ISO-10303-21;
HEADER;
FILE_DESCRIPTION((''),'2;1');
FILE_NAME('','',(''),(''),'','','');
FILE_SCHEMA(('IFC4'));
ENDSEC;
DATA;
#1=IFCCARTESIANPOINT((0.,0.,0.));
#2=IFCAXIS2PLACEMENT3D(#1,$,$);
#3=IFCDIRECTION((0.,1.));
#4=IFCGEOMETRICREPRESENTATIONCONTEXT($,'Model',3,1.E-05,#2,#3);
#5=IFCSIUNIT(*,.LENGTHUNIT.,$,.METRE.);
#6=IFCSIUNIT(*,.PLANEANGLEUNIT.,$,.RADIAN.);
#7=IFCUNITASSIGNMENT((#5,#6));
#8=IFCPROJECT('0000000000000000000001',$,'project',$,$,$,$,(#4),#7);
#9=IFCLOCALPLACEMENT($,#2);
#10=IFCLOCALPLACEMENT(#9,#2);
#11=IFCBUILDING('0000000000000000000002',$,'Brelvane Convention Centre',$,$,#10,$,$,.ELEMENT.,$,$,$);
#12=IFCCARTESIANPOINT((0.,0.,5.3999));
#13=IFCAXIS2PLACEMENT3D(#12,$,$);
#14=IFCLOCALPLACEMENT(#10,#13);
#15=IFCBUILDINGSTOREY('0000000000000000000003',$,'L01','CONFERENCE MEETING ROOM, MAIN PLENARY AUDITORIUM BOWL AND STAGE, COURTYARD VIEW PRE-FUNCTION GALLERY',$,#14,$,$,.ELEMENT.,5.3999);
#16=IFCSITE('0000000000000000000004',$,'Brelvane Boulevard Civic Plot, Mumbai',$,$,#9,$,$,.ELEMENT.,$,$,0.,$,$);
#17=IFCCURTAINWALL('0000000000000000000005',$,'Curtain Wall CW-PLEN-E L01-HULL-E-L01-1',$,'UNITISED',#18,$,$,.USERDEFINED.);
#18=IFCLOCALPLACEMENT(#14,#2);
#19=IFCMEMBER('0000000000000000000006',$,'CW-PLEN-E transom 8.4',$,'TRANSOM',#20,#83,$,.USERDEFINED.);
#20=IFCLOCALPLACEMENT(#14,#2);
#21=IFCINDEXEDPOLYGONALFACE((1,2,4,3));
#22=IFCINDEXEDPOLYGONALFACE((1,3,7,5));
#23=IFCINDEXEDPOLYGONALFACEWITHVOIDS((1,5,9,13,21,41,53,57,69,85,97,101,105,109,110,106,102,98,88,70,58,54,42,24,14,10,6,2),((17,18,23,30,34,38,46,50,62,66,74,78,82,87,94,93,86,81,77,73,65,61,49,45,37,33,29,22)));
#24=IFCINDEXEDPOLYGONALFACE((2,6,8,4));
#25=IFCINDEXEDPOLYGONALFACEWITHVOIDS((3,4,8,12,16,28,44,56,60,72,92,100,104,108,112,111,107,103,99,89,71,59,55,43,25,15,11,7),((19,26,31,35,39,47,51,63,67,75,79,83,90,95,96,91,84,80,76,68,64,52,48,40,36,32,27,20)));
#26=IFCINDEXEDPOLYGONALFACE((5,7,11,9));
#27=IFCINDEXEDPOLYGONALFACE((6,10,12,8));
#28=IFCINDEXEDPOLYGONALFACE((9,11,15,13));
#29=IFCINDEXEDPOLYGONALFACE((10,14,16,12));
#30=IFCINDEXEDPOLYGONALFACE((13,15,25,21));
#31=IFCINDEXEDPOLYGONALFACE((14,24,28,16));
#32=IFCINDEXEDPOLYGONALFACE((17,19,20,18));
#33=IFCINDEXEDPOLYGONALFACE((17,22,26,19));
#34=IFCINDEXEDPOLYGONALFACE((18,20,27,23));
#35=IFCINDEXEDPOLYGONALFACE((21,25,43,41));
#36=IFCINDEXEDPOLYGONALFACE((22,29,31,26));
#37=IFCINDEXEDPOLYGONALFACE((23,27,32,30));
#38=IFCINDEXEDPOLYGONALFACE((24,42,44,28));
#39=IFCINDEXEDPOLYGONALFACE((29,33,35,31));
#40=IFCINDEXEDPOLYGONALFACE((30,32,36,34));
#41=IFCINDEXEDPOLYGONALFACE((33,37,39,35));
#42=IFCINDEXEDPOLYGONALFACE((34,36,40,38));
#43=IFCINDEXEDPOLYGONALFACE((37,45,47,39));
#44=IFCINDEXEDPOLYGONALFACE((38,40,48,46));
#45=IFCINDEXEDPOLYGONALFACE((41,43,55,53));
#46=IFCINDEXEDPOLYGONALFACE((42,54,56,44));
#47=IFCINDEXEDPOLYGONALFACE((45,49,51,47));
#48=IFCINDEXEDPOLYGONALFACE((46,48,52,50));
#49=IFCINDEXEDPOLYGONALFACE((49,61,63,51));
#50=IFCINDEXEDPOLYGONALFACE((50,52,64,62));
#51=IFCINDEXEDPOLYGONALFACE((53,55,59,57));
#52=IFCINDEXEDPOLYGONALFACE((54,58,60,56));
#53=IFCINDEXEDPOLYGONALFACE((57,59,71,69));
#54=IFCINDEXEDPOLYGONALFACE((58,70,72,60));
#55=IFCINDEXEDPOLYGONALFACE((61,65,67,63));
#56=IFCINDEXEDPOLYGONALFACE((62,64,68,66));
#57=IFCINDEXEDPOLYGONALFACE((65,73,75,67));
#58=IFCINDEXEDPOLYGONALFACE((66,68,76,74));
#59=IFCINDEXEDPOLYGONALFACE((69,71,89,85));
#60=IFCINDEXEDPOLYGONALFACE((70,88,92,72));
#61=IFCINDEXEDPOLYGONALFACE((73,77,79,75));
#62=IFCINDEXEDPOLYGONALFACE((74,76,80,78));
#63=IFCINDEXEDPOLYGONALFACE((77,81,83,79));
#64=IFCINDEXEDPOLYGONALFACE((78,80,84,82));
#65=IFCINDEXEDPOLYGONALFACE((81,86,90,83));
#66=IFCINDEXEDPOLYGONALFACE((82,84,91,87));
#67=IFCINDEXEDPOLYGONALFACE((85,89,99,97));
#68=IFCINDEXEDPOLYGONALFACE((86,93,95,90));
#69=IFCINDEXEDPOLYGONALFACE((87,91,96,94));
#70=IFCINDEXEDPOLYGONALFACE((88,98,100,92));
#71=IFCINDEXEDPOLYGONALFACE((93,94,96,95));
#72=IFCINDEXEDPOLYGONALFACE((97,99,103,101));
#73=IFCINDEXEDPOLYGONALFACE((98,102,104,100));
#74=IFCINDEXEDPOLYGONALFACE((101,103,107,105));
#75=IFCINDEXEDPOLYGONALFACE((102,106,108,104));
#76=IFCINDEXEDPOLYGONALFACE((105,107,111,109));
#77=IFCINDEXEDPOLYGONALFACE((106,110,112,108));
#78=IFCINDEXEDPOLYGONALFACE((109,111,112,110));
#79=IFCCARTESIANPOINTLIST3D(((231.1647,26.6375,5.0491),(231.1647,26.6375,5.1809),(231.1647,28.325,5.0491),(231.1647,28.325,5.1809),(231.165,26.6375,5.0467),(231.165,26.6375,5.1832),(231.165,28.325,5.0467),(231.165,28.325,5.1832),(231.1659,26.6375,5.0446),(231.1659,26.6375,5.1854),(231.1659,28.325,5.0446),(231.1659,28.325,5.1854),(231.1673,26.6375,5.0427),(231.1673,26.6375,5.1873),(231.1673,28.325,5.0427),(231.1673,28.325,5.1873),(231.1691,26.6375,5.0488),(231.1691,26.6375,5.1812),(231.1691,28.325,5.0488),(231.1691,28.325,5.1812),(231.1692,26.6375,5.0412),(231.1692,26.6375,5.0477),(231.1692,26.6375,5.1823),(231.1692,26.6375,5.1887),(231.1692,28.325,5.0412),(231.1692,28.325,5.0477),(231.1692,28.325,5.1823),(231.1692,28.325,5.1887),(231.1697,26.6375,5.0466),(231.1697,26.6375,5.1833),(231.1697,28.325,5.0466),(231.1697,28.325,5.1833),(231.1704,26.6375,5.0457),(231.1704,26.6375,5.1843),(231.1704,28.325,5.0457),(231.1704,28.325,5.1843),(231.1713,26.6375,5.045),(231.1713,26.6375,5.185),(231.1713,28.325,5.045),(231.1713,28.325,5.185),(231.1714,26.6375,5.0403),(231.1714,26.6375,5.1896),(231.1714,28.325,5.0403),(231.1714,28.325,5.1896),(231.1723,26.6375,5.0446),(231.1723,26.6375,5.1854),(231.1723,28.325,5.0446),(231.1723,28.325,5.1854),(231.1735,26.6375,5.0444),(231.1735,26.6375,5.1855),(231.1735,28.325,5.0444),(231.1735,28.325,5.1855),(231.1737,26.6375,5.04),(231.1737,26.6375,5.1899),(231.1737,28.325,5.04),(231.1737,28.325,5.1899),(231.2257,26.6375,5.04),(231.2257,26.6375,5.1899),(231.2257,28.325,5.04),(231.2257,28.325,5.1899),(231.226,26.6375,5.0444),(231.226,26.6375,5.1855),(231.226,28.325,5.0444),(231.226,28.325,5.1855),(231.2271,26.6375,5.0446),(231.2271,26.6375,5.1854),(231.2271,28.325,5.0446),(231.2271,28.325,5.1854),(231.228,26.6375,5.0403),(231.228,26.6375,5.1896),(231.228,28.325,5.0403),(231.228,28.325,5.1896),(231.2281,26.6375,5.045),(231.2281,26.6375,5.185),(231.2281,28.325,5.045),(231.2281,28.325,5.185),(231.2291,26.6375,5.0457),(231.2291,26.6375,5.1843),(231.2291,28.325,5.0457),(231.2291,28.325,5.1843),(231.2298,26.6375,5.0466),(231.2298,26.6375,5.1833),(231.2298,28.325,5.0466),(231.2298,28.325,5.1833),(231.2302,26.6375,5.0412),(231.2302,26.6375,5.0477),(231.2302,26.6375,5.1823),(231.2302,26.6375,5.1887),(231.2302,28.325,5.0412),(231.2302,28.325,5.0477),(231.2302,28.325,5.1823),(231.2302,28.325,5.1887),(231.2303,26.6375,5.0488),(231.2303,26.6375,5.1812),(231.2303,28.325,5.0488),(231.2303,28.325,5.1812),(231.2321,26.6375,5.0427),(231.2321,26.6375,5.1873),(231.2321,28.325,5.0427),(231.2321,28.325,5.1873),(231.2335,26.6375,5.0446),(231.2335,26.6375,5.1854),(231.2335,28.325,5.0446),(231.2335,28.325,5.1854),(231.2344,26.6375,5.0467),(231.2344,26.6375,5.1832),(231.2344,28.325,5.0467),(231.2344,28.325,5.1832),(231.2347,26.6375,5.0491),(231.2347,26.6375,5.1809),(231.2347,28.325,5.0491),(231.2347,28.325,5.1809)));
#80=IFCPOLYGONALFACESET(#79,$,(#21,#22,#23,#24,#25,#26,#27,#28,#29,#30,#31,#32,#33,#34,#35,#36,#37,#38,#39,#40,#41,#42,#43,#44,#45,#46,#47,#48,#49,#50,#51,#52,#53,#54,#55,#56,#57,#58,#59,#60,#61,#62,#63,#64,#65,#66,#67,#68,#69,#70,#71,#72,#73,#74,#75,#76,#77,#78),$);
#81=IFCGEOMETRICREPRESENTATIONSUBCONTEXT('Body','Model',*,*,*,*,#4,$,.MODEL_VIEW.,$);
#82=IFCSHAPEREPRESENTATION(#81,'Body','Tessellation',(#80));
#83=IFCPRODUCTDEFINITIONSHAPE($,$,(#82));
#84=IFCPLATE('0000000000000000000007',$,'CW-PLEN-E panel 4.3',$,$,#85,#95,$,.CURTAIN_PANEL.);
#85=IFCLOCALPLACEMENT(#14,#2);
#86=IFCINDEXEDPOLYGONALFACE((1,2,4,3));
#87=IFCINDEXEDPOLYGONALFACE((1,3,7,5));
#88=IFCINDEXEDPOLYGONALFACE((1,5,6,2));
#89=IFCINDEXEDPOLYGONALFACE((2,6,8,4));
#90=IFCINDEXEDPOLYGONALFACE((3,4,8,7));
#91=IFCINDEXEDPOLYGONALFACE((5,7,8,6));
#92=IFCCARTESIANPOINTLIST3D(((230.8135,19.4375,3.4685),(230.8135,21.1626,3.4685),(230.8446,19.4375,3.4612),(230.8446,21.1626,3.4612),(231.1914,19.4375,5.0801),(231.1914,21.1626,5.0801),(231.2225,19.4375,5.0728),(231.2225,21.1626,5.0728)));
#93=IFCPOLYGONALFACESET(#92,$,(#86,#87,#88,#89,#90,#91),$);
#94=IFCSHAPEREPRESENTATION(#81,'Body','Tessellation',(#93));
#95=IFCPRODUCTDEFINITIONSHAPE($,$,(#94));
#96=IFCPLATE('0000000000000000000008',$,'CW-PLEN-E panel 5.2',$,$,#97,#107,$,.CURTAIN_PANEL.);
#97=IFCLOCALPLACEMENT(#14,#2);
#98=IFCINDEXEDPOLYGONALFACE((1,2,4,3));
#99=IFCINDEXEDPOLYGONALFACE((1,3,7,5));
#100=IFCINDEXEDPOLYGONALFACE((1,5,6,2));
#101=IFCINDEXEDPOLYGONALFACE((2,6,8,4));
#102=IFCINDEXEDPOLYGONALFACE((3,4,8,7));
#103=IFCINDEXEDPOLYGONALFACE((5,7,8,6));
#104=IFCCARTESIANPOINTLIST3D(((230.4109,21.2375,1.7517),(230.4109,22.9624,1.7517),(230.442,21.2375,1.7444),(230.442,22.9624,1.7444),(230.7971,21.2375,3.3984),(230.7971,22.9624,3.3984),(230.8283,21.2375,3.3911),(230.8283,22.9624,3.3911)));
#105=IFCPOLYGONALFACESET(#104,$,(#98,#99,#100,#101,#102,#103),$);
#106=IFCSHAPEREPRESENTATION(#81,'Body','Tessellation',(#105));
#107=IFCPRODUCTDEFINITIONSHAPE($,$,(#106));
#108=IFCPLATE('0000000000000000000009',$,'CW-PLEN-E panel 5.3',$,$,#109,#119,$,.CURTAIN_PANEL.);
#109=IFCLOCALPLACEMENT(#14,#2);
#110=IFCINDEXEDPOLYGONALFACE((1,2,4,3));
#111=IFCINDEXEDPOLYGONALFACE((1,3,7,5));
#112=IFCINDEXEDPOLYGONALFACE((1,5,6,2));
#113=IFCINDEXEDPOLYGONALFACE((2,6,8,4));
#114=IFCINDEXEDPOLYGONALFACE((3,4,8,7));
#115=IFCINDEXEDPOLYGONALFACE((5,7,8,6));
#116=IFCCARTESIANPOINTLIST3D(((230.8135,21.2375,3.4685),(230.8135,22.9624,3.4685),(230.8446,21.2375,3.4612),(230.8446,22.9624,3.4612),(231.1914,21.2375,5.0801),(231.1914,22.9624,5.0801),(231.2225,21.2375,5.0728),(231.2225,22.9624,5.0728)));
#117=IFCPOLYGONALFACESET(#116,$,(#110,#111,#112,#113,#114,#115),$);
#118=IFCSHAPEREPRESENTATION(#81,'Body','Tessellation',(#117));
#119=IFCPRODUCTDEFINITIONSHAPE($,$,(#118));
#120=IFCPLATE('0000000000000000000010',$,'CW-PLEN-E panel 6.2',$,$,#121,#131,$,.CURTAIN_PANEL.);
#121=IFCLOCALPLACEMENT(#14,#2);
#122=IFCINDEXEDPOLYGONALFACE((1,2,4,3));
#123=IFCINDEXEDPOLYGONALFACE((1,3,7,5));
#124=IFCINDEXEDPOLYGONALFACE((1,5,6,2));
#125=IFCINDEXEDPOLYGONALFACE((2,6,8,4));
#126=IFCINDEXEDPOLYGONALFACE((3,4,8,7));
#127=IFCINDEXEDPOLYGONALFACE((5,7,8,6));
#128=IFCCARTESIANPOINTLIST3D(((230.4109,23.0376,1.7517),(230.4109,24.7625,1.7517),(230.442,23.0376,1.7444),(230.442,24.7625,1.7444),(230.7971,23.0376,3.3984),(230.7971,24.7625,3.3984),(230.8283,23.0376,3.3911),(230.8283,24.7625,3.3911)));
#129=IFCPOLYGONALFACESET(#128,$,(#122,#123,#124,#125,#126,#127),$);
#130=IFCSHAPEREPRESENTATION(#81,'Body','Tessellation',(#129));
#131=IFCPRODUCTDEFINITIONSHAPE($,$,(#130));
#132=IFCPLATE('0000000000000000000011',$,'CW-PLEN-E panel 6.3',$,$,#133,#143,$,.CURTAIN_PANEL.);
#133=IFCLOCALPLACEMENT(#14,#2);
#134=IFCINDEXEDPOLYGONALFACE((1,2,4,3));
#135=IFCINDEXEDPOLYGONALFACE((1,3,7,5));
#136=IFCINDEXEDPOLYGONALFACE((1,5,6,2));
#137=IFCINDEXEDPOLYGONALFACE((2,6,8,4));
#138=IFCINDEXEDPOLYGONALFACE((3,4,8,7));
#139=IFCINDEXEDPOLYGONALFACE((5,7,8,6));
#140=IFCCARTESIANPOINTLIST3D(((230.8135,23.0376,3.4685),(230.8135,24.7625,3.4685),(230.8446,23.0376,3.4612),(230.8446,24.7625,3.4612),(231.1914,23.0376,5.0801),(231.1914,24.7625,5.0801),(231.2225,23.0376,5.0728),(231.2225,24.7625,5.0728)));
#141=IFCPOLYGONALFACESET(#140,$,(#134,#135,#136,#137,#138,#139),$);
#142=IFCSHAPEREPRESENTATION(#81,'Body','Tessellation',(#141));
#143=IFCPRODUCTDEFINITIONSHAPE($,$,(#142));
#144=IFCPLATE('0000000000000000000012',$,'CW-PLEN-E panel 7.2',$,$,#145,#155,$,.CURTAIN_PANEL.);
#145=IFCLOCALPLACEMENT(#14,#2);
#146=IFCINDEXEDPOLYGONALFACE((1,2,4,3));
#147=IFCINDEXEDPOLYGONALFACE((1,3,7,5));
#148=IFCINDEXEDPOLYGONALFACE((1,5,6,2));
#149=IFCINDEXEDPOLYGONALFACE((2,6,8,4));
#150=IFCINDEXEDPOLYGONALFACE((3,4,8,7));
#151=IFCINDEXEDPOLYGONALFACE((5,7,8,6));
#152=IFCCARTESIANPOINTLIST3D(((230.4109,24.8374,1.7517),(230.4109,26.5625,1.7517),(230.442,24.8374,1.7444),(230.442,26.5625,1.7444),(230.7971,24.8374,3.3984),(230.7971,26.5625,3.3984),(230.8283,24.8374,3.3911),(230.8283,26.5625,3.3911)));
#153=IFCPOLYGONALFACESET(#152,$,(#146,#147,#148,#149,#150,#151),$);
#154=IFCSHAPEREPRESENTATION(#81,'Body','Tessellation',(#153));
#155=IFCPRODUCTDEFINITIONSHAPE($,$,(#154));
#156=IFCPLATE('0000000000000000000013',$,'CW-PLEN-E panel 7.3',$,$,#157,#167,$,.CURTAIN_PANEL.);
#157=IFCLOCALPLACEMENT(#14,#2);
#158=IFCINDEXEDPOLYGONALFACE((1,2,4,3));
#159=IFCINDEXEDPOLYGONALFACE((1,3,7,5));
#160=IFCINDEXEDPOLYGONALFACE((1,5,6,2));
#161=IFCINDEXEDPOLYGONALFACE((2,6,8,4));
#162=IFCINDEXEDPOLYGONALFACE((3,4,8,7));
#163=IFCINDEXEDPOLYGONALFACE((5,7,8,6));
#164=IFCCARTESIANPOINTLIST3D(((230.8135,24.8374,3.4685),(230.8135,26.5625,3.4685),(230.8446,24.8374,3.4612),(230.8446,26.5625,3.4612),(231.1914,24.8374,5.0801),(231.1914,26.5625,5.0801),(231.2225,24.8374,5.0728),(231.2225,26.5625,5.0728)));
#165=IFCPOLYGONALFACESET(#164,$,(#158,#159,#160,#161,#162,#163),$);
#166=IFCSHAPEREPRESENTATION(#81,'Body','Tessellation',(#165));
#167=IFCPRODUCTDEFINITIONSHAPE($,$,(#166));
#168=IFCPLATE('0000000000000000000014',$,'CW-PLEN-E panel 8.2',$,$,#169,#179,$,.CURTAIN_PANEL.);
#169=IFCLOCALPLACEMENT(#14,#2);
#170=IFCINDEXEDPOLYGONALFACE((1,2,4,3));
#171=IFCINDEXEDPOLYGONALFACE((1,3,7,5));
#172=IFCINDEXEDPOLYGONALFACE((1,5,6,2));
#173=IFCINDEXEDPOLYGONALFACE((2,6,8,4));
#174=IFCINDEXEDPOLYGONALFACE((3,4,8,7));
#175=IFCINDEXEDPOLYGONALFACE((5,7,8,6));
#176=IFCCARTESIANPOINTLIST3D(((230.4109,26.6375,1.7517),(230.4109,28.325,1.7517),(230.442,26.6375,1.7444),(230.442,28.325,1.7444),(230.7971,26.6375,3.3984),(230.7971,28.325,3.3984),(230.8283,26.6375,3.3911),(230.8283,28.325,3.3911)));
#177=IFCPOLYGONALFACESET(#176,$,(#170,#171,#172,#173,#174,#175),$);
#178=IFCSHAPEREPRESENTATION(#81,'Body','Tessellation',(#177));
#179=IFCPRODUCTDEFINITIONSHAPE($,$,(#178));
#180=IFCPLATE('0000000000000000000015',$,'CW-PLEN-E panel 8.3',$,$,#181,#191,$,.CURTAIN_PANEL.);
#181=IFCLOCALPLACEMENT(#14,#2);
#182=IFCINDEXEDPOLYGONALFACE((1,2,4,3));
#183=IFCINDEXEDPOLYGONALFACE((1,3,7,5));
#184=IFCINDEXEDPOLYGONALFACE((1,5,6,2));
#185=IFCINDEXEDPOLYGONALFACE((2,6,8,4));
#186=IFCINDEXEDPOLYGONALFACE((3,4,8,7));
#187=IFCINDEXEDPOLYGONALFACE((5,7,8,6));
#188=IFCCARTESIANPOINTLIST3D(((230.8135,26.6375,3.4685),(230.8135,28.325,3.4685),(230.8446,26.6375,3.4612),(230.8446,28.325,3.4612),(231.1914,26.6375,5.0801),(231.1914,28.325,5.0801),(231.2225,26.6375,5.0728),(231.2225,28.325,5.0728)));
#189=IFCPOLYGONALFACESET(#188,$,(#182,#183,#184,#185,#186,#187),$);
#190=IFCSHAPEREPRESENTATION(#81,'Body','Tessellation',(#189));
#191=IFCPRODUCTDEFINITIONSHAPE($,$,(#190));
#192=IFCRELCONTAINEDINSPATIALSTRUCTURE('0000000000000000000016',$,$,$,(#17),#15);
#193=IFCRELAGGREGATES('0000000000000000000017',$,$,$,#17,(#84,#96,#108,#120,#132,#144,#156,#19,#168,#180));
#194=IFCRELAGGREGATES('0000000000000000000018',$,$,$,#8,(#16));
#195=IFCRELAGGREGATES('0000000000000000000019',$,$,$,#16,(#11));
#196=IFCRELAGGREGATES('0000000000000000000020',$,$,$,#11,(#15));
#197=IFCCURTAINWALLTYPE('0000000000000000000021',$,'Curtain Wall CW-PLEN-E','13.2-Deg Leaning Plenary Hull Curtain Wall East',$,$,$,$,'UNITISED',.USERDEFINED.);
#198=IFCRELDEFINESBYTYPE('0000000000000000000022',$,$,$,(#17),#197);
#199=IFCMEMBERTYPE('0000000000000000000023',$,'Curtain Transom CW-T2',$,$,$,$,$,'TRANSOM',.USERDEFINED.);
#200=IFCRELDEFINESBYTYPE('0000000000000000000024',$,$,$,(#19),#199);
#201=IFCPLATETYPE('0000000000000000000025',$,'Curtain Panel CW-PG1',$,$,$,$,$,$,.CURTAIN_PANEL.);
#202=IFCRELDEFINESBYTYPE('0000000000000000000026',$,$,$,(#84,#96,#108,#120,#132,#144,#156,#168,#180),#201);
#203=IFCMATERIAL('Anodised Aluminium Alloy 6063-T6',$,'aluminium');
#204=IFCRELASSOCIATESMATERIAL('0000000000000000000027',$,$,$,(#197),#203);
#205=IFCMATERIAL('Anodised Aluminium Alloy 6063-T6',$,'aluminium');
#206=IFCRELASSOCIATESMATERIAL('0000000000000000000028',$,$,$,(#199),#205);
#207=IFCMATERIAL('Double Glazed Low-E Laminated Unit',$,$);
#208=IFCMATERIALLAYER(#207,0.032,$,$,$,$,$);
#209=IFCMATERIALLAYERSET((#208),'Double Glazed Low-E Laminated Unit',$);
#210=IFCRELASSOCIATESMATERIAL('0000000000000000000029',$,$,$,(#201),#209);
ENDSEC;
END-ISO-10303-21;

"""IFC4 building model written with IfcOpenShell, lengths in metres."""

from ifc_helpers import new_model, si_unit, direction, frame, origin, origin_2d, place, context, subcontext, project, spatial, polyline, hollow_rectangle, outline, extrude, material, layer, layer_set, material_profile, profile_set, type_object, element, aggregate, save


model = new_model("IFC4")

# Units and contexts
model_context = context("Model", 3, precision=1e-05, world=origin(), true_north=direction((0.0, 1.0)))
body_context = subcontext(model_context, "Body", "Model", "MODEL_VIEW")
ifc_project = project(units=[si_unit("LENGTHUNIT", "METRE"), si_unit("PLANEANGLEUNIT", "RADIAN")], contexts=[model_context])

# Site, building, storey
site_placement = place(None, origin())
site = spatial("IfcSite", under=ifc_project, at=site_placement, Name="Brelvane Boulevard Civic Plot, Mumbai", CompositionType="ELEMENT", RefElevation=0.0)
building_placement = place(site_placement, origin())
building = spatial("IfcBuilding", under=site, at=building_placement, Name="Brelvane Convention Centre", CompositionType="ELEMENT")
storey_placement = place(building_placement, frame((0.0, 0.0, 5.3999)))
storey = spatial("IfcBuildingStorey", under=building, at=storey_placement, Name="L01", Description="CONFERENCE MEETING ROOM, MAIN PLENARY AUDITORIUM BOWL AND STAGE, COURTYARD VIEW PRE-FUNCTION GALLERY", CompositionType="ELEMENT", Elevation=5.3999)

# Curtain wall, member, plates
ifc_material_1 = material(Name="Anodised Aluminium Alloy 6063-T6", Category="aluminium")
curtain_wall_type = type_object("IfcCurtainWallType", Name="Curtain Wall CW-PLEN-E", Description="13.2-Deg Leaning Plenary Hull Curtain Wall East", ElementType="UNITISED", PredefinedType="USERDEFINED", material=ifc_material_1)
curtain_wall_placement = place(storey_placement, origin())
curtain_wall = element("IfcCurtainWall", 1, at=curtain_wall_placement, inside=storey, type_object=curtain_wall_type, Name="Curtain Wall CW-PLEN-E L01-HULL-E-L01-1", ObjectType="UNITISED", PredefinedType="USERDEFINED")
ifc_material_2 = material(Name="Anodised Aluminium Alloy 6063-T6", Category="aluminium")
ifc_material_profile_1 = material_profile(ifc_material_2, hollow_rectangle(XDim=0.0701, YDim=0.1499, WallThickness=0.0044, InnerFilletRadius=0.0044, OuterFilletRadius=0.009, at=origin_2d()), Name="ALU-T 150x70x4.5")
ifc_profile_set_1 = profile_set([ifc_material_profile_1], Name="Anodised Aluminium Alloy 6063-T6")
member_type_1 = type_object("IfcMemberType", Name="Curtain Transom CW-T2", ElementType="TRANSOM", PredefinedType="USERDEFINED", material=ifc_profile_set_1)
member_1_placement = place(storey_placement, frame((231.1997, 26.6375, 5.115), z_axis=(0.0, 1.0, 0.0), x_axis=(-1.0, 0.0, 0.0)))
member_1 = element("IfcMember", 2, at=member_1_placement, type_object=member_type_1, Name="CW-PLEN-E transom 8.4", ObjectType="TRANSOM", PredefinedType="USERDEFINED", context=body_context, shape_type="SweptSolid", body=[
    extrude(hollow_rectangle(XDim=0.0701, YDim=0.1499, WallThickness=0.0044, InnerFilletRadius=0.0044, OuterFilletRadius=0.009, at=origin_2d()), origin(), (0.0, 0.0, 1.0), 1.6875),
])
ifc_material_3 = material(Name="Double Glazed Low-E Laminated Unit")
ifc_layer_1 = layer(ifc_material_3, 0.032)
ifc_layer_set_1 = layer_set([ifc_layer_1], Name="Double Glazed Low-E Laminated Unit")
plate_type_1 = type_object("IfcPlateType", Name="Curtain Panel CW-PG1", PredefinedType="CURTAIN_PANEL", material=ifc_layer_set_1)
plate_1_placement = place(storey_placement, frame((230.8135, 19.4375, 3.4685), z_axis=(-0.973587, 0.0, 0.228316), x_axis=(0.0, 1.0, 0.0)))
plate_1 = element("IfcPlate", 3, at=plate_1_placement, type_object=plate_type_1, Name="CW-PLEN-E panel 4.3", PredefinedType="CURTAIN_PANEL", context=body_context, shape_type="SweptSolid", body=[
    extrude(outline(polyline([(0.0, 0.0), (1.7251, 0.0), (1.7251, -1.6553), (0.0, -1.6553), (0.0, 0.0)])), origin(), (0.0, 0.0, -1.0), 0.032),
])
plate_2_placement = place(storey_placement, frame((230.4109, 21.2375, 1.7517), z_axis=(-0.97358, 0.0, 0.228347), x_axis=(0.0, 1.0, 0.0)))
plate_2 = element("IfcPlate", 4, at=plate_2_placement, type_object=plate_type_1, Name="CW-PLEN-E panel 5.2", PredefinedType="CURTAIN_PANEL", context=body_context, shape_type="SweptSolid", body=[
    extrude(outline(polyline([(0.0, 0.0), (1.7249, 0.0), (1.7249, -1.6914), (0.0, -1.6914), (0.0, 0.0)])), origin(), (0.0, 0.0, -1.0), 0.032),
])
plate_3_placement = place(storey_placement, frame((230.8135, 21.2375, 3.4685), z_axis=(-0.973587, 0.0, 0.228316), x_axis=(0.0, 1.0, 0.0)))
plate_3 = element("IfcPlate", 5, at=plate_3_placement, type_object=plate_type_1, Name="CW-PLEN-E panel 5.3", PredefinedType="CURTAIN_PANEL", context=body_context, shape_type="SweptSolid", body=[
    extrude(outline(polyline([(0.0, 0.0), (1.7249, 0.0), (1.7249, -1.6553), (0.0, -1.6553), (0.0, 0.0)])), origin(), (0.0, 0.0, -1.0), 0.032),
])
plate_4_placement = place(storey_placement, frame((230.4109, 23.0376, 1.7517), z_axis=(-0.97358, 0.0, 0.228347), x_axis=(0.0, 1.0, 0.0)))
plate_4 = element("IfcPlate", 6, at=plate_4_placement, type_object=plate_type_1, Name="CW-PLEN-E panel 6.2", PredefinedType="CURTAIN_PANEL", context=body_context, shape_type="SweptSolid", body=[
    extrude(outline(polyline([(0.0, 0.0), (1.7249, 0.0), (1.7249, -1.6914), (0.0, -1.6914), (0.0, 0.0)])), origin(), (0.0, 0.0, -1.0), 0.032),
])
plate_5_placement = place(storey_placement, frame((230.8135, 23.0376, 3.4685), z_axis=(-0.973587, 0.0, 0.228316), x_axis=(0.0, 1.0, 0.0)))
plate_5 = element("IfcPlate", 7, at=plate_5_placement, type_object=plate_type_1, Name="CW-PLEN-E panel 6.3", PredefinedType="CURTAIN_PANEL", context=body_context, shape_type="SweptSolid", body=[
    extrude(outline(polyline([(0.0, 0.0), (1.7249, 0.0), (1.7249, -1.6553), (0.0, -1.6553), (0.0, 0.0)])), origin(), (0.0, 0.0, -1.0), 0.032),
])
plate_6_placement = place(storey_placement, frame((230.4109, 24.8374, 1.7517), z_axis=(-0.97358, 0.0, 0.228347), x_axis=(0.0, 1.0, 0.0)))
plate_6 = element("IfcPlate", 8, at=plate_6_placement, type_object=plate_type_1, Name="CW-PLEN-E panel 7.2", PredefinedType="CURTAIN_PANEL", context=body_context, shape_type="SweptSolid", body=[
    extrude(outline(polyline([(0.0, 0.0), (1.7251, 0.0), (1.7251, -1.6914), (0.0, -1.6914), (0.0, 0.0)])), origin(), (0.0, 0.0, -1.0), 0.032),
])
plate_7_placement = place(storey_placement, frame((230.8135, 24.8374, 3.4685), z_axis=(-0.973587, 0.0, 0.228316), x_axis=(0.0, 1.0, 0.0)))
plate_7 = element("IfcPlate", 9, at=plate_7_placement, type_object=plate_type_1, Name="CW-PLEN-E panel 7.3", PredefinedType="CURTAIN_PANEL", context=body_context, shape_type="SweptSolid", body=[
    extrude(outline(polyline([(0.0, 0.0), (1.7251, 0.0), (1.7251, -1.6553), (0.0, -1.6553), (0.0, 0.0)])), origin(), (0.0, 0.0, -1.0), 0.032),
])
plate_8_placement = place(storey_placement, frame((230.4109, 26.6375, 1.7517), z_axis=(-0.97358, 0.0, 0.228347), x_axis=(0.0, 1.0, 0.0)))
plate_8 = element("IfcPlate", 10, at=plate_8_placement, type_object=plate_type_1, Name="CW-PLEN-E panel 8.2", PredefinedType="CURTAIN_PANEL", context=body_context, shape_type="SweptSolid", body=[
    extrude(outline(polyline([(0.0, 0.0), (1.6875, 0.0), (1.6875, -1.6914), (0.0, -1.6914), (0.0, 0.0)])), origin(), (0.0, 0.0, -1.0), 0.032),
])
plate_9_placement = place(storey_placement, frame((230.8135, 26.6375, 3.4685), z_axis=(-0.973587, 0.0, 0.228316), x_axis=(0.0, 1.0, 0.0)))
plate_9 = element("IfcPlate", 11, at=plate_9_placement, type_object=plate_type_1, Name="CW-PLEN-E panel 8.3", PredefinedType="CURTAIN_PANEL", context=body_context, shape_type="SweptSolid", body=[
    extrude(outline(polyline([(0.0, 0.0), (1.6875, 0.0), (1.6875, -1.6553), (0.0, -1.6553), (0.0, 0.0)])), origin(), (0.0, 0.0, -1.0), 0.032),
])
aggregate(curtain_wall, [plate_1, plate_2, plate_3, plate_4, plate_5, plate_6, plate_7, member_1, plate_8, plate_9])

save(model, "model.ifc")
